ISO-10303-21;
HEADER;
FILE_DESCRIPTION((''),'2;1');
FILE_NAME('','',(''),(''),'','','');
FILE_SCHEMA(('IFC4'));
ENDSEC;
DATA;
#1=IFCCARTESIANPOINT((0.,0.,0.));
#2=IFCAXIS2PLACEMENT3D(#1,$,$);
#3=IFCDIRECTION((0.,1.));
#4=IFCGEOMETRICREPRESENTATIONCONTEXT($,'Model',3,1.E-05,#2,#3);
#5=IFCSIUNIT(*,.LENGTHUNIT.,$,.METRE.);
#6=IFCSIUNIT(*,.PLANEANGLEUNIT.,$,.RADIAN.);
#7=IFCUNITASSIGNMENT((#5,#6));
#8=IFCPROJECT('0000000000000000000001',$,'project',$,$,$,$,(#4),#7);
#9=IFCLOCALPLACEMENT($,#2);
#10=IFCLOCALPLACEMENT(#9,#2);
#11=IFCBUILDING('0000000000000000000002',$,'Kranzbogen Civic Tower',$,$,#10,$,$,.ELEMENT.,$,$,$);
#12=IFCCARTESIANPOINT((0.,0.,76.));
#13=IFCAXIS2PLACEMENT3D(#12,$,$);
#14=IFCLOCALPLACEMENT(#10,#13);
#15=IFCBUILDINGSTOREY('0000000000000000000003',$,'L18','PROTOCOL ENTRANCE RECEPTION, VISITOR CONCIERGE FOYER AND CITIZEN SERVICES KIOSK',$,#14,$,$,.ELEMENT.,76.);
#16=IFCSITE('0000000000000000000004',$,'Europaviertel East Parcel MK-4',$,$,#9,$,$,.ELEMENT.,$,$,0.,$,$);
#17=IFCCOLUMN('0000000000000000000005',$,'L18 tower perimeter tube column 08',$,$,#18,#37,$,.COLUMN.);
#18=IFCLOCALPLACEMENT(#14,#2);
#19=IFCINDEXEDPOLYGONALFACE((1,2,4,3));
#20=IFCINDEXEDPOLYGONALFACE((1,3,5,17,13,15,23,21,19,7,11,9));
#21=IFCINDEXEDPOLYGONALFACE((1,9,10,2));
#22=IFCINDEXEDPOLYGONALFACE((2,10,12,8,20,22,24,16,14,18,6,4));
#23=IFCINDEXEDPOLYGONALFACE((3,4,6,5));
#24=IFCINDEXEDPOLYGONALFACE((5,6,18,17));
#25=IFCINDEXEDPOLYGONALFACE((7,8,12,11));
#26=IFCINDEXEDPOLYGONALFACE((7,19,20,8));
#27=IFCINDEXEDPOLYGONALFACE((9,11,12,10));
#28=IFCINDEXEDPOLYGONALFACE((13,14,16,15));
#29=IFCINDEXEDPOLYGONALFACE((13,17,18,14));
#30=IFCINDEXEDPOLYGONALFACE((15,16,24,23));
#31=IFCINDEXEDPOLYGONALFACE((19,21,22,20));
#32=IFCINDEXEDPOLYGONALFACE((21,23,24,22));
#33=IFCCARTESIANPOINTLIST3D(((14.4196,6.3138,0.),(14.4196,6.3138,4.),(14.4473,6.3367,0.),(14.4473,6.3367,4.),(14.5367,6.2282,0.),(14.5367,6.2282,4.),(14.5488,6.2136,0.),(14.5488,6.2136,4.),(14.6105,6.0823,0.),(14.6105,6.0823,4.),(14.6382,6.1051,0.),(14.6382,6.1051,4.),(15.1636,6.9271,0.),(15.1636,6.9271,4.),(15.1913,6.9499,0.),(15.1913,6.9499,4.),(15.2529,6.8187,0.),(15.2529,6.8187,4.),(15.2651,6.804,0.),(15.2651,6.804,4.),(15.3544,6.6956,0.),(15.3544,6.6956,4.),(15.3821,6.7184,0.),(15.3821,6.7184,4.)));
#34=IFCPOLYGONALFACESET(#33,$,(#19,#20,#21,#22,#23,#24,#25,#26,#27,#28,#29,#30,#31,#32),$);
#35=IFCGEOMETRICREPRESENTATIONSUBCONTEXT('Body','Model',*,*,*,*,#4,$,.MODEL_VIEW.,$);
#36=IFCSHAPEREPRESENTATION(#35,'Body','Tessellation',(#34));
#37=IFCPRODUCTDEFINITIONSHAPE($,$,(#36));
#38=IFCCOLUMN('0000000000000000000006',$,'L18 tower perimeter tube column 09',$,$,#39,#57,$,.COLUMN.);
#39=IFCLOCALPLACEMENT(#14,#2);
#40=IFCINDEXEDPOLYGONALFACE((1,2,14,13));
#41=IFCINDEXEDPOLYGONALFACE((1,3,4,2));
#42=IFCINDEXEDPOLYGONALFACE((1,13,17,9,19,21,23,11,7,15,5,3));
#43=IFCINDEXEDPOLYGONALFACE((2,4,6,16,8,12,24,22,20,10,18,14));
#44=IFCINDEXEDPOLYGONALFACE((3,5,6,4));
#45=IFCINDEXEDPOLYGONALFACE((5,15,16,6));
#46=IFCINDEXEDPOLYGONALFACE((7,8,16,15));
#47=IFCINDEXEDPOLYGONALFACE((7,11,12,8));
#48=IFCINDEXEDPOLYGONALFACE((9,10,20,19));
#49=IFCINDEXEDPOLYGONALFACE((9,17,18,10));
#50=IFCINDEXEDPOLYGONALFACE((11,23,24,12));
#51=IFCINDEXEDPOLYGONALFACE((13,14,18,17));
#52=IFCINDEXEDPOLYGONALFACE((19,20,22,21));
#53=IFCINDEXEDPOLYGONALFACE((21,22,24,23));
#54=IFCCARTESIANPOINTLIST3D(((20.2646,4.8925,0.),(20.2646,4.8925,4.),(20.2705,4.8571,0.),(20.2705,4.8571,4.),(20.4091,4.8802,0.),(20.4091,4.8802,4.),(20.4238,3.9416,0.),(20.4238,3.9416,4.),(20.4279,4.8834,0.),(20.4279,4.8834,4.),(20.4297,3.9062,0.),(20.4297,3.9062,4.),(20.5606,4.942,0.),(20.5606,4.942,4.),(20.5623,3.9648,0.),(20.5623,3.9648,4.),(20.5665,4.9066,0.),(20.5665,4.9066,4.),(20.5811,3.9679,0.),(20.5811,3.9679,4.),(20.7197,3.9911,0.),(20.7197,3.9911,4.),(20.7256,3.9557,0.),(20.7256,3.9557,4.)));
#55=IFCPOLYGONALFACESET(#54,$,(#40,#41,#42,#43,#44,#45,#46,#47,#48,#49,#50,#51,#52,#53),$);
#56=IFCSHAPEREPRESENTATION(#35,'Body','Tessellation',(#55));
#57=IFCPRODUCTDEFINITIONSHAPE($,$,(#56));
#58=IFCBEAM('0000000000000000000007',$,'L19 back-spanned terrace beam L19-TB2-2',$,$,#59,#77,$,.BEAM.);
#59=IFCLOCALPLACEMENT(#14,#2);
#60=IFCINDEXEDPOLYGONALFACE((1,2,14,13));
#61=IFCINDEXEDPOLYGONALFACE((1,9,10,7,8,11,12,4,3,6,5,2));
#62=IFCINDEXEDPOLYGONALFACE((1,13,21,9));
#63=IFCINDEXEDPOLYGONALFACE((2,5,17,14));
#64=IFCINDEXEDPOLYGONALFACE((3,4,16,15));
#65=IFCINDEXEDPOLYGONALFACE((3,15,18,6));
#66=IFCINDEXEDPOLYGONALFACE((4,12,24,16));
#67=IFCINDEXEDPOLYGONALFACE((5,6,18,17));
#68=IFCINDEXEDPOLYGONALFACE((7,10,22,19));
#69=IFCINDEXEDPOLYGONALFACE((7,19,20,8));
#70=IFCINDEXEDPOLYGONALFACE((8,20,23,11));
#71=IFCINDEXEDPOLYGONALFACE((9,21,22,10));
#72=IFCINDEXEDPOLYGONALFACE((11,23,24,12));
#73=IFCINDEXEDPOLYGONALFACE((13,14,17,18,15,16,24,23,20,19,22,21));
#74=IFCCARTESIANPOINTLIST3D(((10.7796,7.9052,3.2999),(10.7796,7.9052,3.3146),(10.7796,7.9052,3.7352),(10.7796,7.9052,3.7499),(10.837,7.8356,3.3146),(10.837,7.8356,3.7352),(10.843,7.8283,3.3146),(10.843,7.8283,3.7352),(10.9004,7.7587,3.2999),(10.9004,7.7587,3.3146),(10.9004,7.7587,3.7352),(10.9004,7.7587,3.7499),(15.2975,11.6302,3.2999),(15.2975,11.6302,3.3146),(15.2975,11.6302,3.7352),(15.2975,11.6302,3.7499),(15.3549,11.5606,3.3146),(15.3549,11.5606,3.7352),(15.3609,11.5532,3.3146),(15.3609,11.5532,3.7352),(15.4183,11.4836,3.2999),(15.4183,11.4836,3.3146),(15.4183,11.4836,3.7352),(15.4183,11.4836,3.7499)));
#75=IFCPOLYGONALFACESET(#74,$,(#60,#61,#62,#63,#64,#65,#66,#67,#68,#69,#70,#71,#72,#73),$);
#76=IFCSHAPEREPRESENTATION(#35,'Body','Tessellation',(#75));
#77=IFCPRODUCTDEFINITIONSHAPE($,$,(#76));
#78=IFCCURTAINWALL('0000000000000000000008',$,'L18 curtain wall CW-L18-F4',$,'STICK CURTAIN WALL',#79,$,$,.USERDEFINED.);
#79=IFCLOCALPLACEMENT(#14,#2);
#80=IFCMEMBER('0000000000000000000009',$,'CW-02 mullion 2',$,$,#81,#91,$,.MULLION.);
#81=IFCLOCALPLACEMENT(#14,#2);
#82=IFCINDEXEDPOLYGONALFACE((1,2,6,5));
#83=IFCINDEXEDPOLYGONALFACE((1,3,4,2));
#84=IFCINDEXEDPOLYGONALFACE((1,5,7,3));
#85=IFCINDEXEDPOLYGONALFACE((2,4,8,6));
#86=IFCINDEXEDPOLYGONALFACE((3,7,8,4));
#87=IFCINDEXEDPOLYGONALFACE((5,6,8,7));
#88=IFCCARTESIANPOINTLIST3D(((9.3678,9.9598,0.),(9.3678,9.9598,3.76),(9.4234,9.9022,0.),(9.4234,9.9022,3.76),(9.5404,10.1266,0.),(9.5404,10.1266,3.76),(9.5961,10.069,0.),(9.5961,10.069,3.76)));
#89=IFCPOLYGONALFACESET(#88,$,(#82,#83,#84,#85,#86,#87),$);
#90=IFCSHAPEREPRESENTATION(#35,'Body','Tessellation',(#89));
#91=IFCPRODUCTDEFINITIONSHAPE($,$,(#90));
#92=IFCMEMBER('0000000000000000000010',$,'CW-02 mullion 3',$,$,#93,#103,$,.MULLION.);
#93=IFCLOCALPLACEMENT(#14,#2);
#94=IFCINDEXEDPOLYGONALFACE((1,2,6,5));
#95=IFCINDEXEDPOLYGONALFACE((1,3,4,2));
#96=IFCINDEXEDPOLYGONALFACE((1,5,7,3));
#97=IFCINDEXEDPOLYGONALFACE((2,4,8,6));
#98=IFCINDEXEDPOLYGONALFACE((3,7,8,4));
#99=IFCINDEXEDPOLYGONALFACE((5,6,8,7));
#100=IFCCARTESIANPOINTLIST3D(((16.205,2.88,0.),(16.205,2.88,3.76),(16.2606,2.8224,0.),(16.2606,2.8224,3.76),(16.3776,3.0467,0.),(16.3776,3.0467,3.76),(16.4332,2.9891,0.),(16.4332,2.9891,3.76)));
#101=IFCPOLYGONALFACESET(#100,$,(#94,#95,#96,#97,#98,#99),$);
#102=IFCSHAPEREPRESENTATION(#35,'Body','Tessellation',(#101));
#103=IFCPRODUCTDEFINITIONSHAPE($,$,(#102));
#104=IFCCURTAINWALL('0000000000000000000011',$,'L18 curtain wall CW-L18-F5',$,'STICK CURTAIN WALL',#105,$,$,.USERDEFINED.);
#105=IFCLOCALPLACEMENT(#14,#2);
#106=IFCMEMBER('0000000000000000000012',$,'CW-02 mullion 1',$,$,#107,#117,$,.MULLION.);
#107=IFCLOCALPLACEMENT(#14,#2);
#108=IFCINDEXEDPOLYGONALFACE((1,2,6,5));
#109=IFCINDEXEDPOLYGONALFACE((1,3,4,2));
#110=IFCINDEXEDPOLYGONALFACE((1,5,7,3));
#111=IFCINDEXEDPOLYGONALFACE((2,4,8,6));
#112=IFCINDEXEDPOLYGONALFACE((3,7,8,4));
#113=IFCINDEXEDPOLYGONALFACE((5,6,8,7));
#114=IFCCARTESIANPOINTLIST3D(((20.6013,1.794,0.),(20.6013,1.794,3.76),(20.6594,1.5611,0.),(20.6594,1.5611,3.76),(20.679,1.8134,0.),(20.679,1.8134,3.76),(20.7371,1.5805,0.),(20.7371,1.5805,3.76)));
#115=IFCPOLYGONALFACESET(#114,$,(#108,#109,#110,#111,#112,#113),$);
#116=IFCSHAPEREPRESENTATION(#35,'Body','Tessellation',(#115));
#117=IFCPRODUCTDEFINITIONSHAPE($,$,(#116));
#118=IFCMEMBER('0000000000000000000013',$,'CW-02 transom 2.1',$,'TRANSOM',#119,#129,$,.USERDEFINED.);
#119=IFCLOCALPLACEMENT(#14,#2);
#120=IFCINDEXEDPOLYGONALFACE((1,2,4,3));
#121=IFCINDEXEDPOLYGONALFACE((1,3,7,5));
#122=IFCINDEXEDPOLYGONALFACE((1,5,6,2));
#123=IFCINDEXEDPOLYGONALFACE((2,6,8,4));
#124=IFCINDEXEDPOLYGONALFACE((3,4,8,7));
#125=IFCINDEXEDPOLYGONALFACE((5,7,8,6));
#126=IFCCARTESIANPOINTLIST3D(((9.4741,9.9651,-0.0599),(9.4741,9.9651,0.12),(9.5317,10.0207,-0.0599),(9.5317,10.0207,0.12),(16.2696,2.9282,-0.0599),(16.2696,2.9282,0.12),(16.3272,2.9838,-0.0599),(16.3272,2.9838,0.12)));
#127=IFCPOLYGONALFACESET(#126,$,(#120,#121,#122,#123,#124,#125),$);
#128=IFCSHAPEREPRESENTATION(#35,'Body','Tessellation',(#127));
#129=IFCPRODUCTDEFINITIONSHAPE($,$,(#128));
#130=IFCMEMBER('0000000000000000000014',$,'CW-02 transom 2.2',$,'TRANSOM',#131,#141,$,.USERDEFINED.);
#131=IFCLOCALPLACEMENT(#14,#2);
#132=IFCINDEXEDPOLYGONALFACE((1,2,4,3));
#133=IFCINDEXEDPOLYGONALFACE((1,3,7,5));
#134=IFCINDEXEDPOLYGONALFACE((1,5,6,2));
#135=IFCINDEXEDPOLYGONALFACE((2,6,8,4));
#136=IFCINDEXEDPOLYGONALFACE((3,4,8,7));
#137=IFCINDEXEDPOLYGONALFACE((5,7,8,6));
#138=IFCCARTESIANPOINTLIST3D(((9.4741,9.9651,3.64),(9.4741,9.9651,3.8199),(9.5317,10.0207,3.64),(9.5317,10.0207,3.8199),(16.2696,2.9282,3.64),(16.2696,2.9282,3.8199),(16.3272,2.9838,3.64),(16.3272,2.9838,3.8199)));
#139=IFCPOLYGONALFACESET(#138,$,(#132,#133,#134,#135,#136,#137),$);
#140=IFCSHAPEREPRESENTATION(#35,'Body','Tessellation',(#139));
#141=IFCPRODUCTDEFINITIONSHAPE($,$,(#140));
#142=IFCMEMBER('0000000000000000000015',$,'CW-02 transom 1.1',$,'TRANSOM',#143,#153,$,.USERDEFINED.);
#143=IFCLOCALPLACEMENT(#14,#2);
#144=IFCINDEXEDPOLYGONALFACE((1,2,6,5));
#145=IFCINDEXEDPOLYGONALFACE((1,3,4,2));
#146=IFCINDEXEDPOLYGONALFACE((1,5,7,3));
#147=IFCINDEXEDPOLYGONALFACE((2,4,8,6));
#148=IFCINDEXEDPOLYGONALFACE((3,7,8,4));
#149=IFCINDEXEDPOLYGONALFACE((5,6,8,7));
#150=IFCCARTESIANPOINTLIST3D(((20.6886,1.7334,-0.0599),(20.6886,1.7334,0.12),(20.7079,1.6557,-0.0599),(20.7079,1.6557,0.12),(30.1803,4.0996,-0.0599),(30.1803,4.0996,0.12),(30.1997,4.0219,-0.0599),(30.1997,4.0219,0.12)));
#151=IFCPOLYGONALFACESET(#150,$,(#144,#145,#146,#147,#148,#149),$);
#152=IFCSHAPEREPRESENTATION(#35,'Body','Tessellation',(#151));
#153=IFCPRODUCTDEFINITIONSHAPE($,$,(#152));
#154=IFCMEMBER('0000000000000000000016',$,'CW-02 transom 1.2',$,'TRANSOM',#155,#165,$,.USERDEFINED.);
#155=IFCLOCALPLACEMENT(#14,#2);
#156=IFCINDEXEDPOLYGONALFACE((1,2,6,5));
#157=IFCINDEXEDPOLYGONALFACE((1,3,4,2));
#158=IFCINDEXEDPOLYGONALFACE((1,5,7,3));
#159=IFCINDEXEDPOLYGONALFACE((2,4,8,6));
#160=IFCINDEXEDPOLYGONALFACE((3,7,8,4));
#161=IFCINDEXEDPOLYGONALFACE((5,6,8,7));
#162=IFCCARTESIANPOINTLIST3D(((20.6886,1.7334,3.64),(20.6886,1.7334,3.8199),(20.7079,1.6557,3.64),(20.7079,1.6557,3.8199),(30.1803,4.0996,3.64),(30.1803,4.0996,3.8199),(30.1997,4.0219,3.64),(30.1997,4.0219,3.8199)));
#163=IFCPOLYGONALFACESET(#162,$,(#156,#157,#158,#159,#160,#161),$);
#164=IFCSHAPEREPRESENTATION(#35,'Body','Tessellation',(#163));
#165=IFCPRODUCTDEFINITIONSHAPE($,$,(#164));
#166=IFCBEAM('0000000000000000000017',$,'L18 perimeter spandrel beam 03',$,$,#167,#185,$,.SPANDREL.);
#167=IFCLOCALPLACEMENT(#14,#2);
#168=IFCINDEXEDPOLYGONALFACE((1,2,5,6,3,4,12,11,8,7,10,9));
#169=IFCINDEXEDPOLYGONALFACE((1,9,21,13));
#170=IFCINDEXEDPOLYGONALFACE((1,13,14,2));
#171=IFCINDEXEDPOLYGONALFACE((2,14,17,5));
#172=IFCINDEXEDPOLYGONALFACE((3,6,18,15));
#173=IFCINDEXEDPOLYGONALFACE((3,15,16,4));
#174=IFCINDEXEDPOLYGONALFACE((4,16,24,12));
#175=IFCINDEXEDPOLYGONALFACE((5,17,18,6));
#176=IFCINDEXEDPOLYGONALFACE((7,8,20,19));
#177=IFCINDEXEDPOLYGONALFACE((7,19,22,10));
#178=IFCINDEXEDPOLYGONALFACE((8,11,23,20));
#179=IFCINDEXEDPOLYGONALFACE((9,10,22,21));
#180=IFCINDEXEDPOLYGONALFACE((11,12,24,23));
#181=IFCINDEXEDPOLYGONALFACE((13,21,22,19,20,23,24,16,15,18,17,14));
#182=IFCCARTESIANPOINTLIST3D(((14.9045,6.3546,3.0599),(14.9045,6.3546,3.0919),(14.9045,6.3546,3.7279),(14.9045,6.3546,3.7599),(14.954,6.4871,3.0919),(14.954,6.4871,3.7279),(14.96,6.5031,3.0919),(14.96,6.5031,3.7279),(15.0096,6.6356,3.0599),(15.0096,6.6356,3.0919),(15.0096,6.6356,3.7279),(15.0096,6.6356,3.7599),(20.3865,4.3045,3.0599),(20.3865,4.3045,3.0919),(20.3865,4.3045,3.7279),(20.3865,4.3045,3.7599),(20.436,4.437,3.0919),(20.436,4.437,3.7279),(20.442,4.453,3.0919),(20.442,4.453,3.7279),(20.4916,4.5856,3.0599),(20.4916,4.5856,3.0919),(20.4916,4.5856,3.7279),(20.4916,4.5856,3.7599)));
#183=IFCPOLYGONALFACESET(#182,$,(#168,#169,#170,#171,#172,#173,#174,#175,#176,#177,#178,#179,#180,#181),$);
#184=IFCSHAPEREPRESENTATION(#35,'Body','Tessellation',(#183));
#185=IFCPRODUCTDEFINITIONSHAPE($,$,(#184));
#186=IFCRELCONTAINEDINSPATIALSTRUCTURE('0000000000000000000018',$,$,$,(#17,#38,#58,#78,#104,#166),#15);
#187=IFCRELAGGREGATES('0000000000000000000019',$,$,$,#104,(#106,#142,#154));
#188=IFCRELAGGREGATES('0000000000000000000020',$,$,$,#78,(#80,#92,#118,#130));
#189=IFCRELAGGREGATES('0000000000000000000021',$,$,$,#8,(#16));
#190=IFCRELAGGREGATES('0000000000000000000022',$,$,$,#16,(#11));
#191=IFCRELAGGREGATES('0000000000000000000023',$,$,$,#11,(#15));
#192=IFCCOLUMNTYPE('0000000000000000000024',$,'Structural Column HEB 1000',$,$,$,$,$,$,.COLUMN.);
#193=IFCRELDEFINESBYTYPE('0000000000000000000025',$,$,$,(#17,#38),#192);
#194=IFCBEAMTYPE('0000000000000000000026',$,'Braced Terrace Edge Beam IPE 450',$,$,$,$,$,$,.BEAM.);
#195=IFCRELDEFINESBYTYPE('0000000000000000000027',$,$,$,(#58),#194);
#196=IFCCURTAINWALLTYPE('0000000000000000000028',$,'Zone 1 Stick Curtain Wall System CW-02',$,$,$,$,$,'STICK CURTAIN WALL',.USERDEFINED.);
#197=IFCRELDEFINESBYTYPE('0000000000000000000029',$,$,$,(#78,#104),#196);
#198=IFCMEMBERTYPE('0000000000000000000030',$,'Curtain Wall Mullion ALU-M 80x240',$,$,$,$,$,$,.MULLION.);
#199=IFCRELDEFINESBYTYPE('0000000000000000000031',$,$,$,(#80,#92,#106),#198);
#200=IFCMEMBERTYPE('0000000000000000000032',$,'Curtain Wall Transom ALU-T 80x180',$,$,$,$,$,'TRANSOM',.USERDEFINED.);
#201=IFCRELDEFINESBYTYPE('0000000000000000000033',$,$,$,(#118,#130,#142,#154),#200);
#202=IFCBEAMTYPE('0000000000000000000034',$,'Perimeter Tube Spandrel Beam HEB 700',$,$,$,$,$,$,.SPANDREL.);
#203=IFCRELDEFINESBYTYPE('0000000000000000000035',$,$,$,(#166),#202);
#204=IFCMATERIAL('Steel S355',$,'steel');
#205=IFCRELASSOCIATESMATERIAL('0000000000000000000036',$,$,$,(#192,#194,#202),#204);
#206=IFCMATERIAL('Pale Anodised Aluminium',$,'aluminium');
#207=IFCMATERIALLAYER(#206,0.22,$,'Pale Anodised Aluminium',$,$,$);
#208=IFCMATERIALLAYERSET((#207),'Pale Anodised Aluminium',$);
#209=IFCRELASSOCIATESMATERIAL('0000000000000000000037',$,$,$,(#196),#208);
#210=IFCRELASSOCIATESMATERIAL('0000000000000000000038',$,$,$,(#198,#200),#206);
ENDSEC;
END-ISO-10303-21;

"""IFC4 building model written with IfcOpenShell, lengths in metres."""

from ifc_helpers import new_model, si_unit, direction, frame, origin, origin_2d, place, context, subcontext, project, spatial, rectangle, i_section, extrude, material, layer, layer_set, material_profile, profile_set, type_object, element, aggregate, save


model = new_model("IFC4")

# Units and contexts
model_context = context("Model", 3, precision=1e-05, world=origin(), true_north=direction((0.0, 1.0)))
body_context = subcontext(model_context, "Body", "Model", "MODEL_VIEW")
ifc_project = project(units=[si_unit("LENGTHUNIT", "METRE"), si_unit("PLANEANGLEUNIT", "RADIAN")], contexts=[model_context])

# Site, building, storey
site_placement = place(None, origin())
site = spatial("IfcSite", under=ifc_project, at=site_placement, Name="Europaviertel East Parcel MK-4", CompositionType="ELEMENT", RefElevation=0.0)
building_placement = place(site_placement, origin())
building = spatial("IfcBuilding", under=site, at=building_placement, Name="Kranzbogen Civic Tower", CompositionType="ELEMENT")
storey_placement = place(building_placement, frame((0.0, 0.0, 76.0)))
storey = spatial("IfcBuildingStorey", under=building, at=storey_placement, Name="L18", Description="PROTOCOL ENTRANCE RECEPTION, VISITOR CONCIERGE FOYER AND CITIZEN SERVICES KIOSK", CompositionType="ELEMENT", Elevation=76.0)

# Columns
ifc_material_1 = material(Name="Steel S355", Category="steel")
ifc_material_profile_1 = material_profile(ifc_material_1, i_section(OverallWidth=0.3, OverallDepth=1.0, WebThickness=0.019, FlangeThickness=0.0359, at=origin_2d()), Name="HEB 1000")
ifc_profile_set_1 = profile_set([ifc_material_profile_1], Name="Steel S355")
column_type = type_object("IfcColumnType", Name="Structural Column HEB 1000", PredefinedType="COLUMN", material=ifc_profile_set_1)
for number, where, z_axis, x_axis, name in (
    (1, (14.9009, 6.5161, 0.0), (0.0, 0.0, 1.0), (-0.636078, 0.771625, 0.0), "L18 tower perimeter tube column 08"),
    (2, (20.4951, 4.4241, 0.0), (0.0, 0.0, 1.0), (0.986286, 0.165048, 0.0), "L18 tower perimeter tube column 09"),
):
    element("IfcColumn", number, at=place(storey_placement, frame(where, z_axis=z_axis, x_axis=x_axis)), inside=storey, type_object=column_type, Name=name, PredefinedType="COLUMN", context=body_context, shape_type="SweptSolid", body=[
        extrude(i_section(OverallWidth=0.3, OverallDepth=1.0, WebThickness=0.019, FlangeThickness=0.0359, at=origin_2d()), origin(), (0.0, 0.0, 1.0), 4.0),
    ])

# Beam
ifc_material_profile_2 = material_profile(ifc_material_1, i_section(OverallWidth=0.1899, OverallDepth=0.45, WebThickness=0.0095, FlangeThickness=0.0146, at=origin_2d()), Name="IPE 450")
ifc_profile_set_2 = profile_set([ifc_material_profile_2], Name="Steel S355")
beam_type_1 = type_object("IfcBeamType", Name="Braced Terrace Edge Beam IPE 450", PredefinedType="BEAM", material=ifc_profile_set_2)
beam_1_placement = place(storey_placement, frame((15.3579, 11.5569, 3.5249), z_axis=(-0.77157, -0.636144, 0.0), x_axis=(0.636144, -0.77157, 0.0)))
element("IfcBeam", 3, at=beam_1_placement, inside=storey, type_object=beam_type_1, Name="L19 back-spanned terrace beam L19-TB2-2", PredefinedType="BEAM", context=body_context, shape_type="SweptSolid", body=[
    extrude(i_section(OverallWidth=0.1899, OverallDepth=0.45, WebThickness=0.0095, FlangeThickness=0.0146, at=origin_2d()), origin(), (0.0, 0.0, 1.0), 5.8555),
])

# Curtain wall, members
ifc_material_2 = material(Name="Pale Anodised Aluminium", Category="aluminium")
ifc_layer_1 = layer(ifc_material_2, 0.22, Name="Pale Anodised Aluminium")
ifc_layer_set_1 = layer_set([ifc_layer_1], Name="Pale Anodised Aluminium")
curtain_wall_type = type_object("IfcCurtainWallType", Name="Zone 1 Stick Curtain Wall System CW-02", ElementType="STICK CURTAIN WALL", PredefinedType="USERDEFINED", material=ifc_layer_set_1)
curtain_wall_1_placement = place(storey_placement, origin())
curtain_wall_1 = element("IfcCurtainWall", 4, at=curtain_wall_1_placement, inside=storey, type_object=curtain_wall_type, Name="L18 curtain wall CW-L18-F4", ObjectType="STICK CURTAIN WALL", PredefinedType="USERDEFINED")
ifc_material_profile_3 = material_profile(ifc_material_2, rectangle(XDim=0.0801, YDim=0.24, at=origin_2d()), Name="ALU-M 80x240")
ifc_profile_set_3 = profile_set([ifc_material_profile_3], Name="Pale Anodised Aluminium")
member_type_1 = type_object("IfcMemberType", Name="Curtain Wall Mullion ALU-M 80x240", PredefinedType="MULLION", material=ifc_profile_set_3)
member_1_placement = place(storey_placement, frame((9.4819, 10.0144, 0.0), z_axis=(0.0, 0.0, 1.0), x_axis=(0.694667, -0.719332, 0.0)))
member_1 = element("IfcMember", 5, at=member_1_placement, type_object=member_type_1, Name="CW-02 mullion 2", PredefinedType="MULLION", context=body_context, shape_type="SweptSolid", body=[
    extrude(rectangle(XDim=0.0801, YDim=0.24, at=origin_2d()), origin(), (0.0, 0.0, 1.0), 3.76),
])
member_2_placement = place(storey_placement, frame((16.3191, 2.9346, 0.0), z_axis=(0.0, 0.0, 1.0), x_axis=(0.694667, -0.719332, 0.0)))
member_2 = element("IfcMember", 6, at=member_2_placement, type_object=member_type_1, Name="CW-02 mullion 3", PredefinedType="MULLION", context=body_context, shape_type="SweptSolid", body=[
    extrude(rectangle(XDim=0.0801, YDim=0.24, at=origin_2d()), origin(), (0.0, 0.0, 1.0), 3.76),
])

# Curtain wall, member
curtain_wall_2_placement = place(storey_placement, origin())
curtain_wall_2 = element("IfcCurtainWall", 7, at=curtain_wall_2_placement, inside=storey, type_object=curtain_wall_type, Name="L18 curtain wall CW-L18-F5", ObjectType="STICK CURTAIN WALL", PredefinedType="USERDEFINED")
member_3_placement = place(storey_placement, frame((20.6692, 1.6873, 0.0), z_axis=(0.0, 0.0, 1.0), x_axis=(0.970303, 0.241892, 0.0)))
member_3 = element("IfcMember", 8, at=member_3_placement, type_object=member_type_1, Name="CW-02 mullion 1", PredefinedType="MULLION", context=body_context, shape_type="SweptSolid", body=[
    extrude(rectangle(XDim=0.0801, YDim=0.24, at=origin_2d()), origin(), (0.0, 0.0, 1.0), 3.76),
])

# Members
ifc_material_profile_4 = material_profile(ifc_material_2, rectangle(XDim=0.0801, YDim=0.1799, at=origin_2d()), Name="ALU-T 80x180")
ifc_profile_set_4 = profile_set([ifc_material_profile_4], Name="Pale Anodised Aluminium")
member_type_2 = type_object("IfcMemberType", Name="Curtain Wall Transom ALU-T 80x180", ElementType="TRANSOM", PredefinedType="USERDEFINED", material=ifc_profile_set_4)
member_4_placement = place(storey_placement, frame((9.5029, 9.9929, 0.03), z_axis=(0.694658, -0.71934, 0.0), x_axis=(0.71934, 0.694658, 0.0)))
member_4 = element("IfcMember", 9, at=member_4_placement, type_object=member_type_2, Name="CW-02 transom 2.1", ObjectType="TRANSOM", PredefinedType="USERDEFINED", context=body_context, shape_type="SweptSolid", body=[
    extrude(rectangle(XDim=0.0801, YDim=0.1799, at=origin_2d()), origin(), (0.0, 0.0, 1.0), 9.7825),
])
member_5_placement = place(storey_placement, frame((9.5029, 9.9929, 3.73), z_axis=(0.694658, -0.71934, 0.0), x_axis=(0.71934, 0.694658, 0.0)))
member_5 = element("IfcMember", 10, at=member_5_placement, type_object=member_type_2, Name="CW-02 transom 2.2", ObjectType="TRANSOM", PredefinedType="USERDEFINED", context=body_context, shape_type="SweptSolid", body=[
    extrude(rectangle(XDim=0.0801, YDim=0.1799, at=origin_2d()), origin(), (0.0, 0.0, 1.0), 9.7825),
])
member_6_placement = place(storey_placement, frame((20.6982, 1.6946, 0.03), z_axis=(0.970304, 0.24189, 0.0), x_axis=(-0.24189, 0.970304, 0.0)))
member_6 = element("IfcMember", 11, at=member_6_placement, type_object=member_type_2, Name="CW-02 transom 1.1", ObjectType="TRANSOM", PredefinedType="USERDEFINED", context=body_context, shape_type="SweptSolid", body=[
    extrude(rectangle(XDim=0.0801, YDim=0.1799, at=origin_2d()), origin(), (0.0, 0.0, 1.0), 9.7822),
])
member_7_placement = place(storey_placement, frame((20.6982, 1.6946, 3.73), z_axis=(0.970304, 0.24189, 0.0), x_axis=(-0.24189, 0.970304, 0.0)))
member_7 = element("IfcMember", 12, at=member_7_placement, type_object=member_type_2, Name="CW-02 transom 1.2", ObjectType="TRANSOM", PredefinedType="USERDEFINED", context=body_context, shape_type="SweptSolid", body=[
    extrude(rectangle(XDim=0.0801, YDim=0.1799, at=origin_2d()), origin(), (0.0, 0.0, 1.0), 9.7822),
])
aggregate(curtain_wall_2, [member_3, member_6, member_7])

# Beam
ifc_material_profile_5 = material_profile(ifc_material_1, i_section(OverallWidth=0.3, OverallDepth=0.7, WebThickness=0.0171, FlangeThickness=0.032, at=origin_2d()), Name="HEB 700")
ifc_profile_set_5 = profile_set([ifc_material_profile_5], Name="Steel S355")
beam_type_2 = type_object("IfcBeamType", Name="Perimeter Tube Spandrel Beam HEB 700", PredefinedType="SPANDREL", material=ifc_profile_set_5)
beam_2_placement = place(storey_placement, frame((14.957, 6.4951, 3.4099), z_axis=(0.936648, -0.350273, 0.0), x_axis=(0.350273, 0.936648, 0.0)))
element("IfcBeam", 13, at=beam_2_placement, inside=storey, type_object=beam_type_2, Name="L18 perimeter spandrel beam 03", PredefinedType="SPANDREL", context=body_context, shape_type="SweptSolid", body=[
    extrude(i_section(OverallWidth=0.3, OverallDepth=0.7, WebThickness=0.0171, FlangeThickness=0.032, at=origin_2d()), origin(), (0.0, 0.0, 1.0), 5.8528),
])

aggregate(curtain_wall_1, [member_1, member_2, member_4, member_5])

save(model, "model.ifc")
